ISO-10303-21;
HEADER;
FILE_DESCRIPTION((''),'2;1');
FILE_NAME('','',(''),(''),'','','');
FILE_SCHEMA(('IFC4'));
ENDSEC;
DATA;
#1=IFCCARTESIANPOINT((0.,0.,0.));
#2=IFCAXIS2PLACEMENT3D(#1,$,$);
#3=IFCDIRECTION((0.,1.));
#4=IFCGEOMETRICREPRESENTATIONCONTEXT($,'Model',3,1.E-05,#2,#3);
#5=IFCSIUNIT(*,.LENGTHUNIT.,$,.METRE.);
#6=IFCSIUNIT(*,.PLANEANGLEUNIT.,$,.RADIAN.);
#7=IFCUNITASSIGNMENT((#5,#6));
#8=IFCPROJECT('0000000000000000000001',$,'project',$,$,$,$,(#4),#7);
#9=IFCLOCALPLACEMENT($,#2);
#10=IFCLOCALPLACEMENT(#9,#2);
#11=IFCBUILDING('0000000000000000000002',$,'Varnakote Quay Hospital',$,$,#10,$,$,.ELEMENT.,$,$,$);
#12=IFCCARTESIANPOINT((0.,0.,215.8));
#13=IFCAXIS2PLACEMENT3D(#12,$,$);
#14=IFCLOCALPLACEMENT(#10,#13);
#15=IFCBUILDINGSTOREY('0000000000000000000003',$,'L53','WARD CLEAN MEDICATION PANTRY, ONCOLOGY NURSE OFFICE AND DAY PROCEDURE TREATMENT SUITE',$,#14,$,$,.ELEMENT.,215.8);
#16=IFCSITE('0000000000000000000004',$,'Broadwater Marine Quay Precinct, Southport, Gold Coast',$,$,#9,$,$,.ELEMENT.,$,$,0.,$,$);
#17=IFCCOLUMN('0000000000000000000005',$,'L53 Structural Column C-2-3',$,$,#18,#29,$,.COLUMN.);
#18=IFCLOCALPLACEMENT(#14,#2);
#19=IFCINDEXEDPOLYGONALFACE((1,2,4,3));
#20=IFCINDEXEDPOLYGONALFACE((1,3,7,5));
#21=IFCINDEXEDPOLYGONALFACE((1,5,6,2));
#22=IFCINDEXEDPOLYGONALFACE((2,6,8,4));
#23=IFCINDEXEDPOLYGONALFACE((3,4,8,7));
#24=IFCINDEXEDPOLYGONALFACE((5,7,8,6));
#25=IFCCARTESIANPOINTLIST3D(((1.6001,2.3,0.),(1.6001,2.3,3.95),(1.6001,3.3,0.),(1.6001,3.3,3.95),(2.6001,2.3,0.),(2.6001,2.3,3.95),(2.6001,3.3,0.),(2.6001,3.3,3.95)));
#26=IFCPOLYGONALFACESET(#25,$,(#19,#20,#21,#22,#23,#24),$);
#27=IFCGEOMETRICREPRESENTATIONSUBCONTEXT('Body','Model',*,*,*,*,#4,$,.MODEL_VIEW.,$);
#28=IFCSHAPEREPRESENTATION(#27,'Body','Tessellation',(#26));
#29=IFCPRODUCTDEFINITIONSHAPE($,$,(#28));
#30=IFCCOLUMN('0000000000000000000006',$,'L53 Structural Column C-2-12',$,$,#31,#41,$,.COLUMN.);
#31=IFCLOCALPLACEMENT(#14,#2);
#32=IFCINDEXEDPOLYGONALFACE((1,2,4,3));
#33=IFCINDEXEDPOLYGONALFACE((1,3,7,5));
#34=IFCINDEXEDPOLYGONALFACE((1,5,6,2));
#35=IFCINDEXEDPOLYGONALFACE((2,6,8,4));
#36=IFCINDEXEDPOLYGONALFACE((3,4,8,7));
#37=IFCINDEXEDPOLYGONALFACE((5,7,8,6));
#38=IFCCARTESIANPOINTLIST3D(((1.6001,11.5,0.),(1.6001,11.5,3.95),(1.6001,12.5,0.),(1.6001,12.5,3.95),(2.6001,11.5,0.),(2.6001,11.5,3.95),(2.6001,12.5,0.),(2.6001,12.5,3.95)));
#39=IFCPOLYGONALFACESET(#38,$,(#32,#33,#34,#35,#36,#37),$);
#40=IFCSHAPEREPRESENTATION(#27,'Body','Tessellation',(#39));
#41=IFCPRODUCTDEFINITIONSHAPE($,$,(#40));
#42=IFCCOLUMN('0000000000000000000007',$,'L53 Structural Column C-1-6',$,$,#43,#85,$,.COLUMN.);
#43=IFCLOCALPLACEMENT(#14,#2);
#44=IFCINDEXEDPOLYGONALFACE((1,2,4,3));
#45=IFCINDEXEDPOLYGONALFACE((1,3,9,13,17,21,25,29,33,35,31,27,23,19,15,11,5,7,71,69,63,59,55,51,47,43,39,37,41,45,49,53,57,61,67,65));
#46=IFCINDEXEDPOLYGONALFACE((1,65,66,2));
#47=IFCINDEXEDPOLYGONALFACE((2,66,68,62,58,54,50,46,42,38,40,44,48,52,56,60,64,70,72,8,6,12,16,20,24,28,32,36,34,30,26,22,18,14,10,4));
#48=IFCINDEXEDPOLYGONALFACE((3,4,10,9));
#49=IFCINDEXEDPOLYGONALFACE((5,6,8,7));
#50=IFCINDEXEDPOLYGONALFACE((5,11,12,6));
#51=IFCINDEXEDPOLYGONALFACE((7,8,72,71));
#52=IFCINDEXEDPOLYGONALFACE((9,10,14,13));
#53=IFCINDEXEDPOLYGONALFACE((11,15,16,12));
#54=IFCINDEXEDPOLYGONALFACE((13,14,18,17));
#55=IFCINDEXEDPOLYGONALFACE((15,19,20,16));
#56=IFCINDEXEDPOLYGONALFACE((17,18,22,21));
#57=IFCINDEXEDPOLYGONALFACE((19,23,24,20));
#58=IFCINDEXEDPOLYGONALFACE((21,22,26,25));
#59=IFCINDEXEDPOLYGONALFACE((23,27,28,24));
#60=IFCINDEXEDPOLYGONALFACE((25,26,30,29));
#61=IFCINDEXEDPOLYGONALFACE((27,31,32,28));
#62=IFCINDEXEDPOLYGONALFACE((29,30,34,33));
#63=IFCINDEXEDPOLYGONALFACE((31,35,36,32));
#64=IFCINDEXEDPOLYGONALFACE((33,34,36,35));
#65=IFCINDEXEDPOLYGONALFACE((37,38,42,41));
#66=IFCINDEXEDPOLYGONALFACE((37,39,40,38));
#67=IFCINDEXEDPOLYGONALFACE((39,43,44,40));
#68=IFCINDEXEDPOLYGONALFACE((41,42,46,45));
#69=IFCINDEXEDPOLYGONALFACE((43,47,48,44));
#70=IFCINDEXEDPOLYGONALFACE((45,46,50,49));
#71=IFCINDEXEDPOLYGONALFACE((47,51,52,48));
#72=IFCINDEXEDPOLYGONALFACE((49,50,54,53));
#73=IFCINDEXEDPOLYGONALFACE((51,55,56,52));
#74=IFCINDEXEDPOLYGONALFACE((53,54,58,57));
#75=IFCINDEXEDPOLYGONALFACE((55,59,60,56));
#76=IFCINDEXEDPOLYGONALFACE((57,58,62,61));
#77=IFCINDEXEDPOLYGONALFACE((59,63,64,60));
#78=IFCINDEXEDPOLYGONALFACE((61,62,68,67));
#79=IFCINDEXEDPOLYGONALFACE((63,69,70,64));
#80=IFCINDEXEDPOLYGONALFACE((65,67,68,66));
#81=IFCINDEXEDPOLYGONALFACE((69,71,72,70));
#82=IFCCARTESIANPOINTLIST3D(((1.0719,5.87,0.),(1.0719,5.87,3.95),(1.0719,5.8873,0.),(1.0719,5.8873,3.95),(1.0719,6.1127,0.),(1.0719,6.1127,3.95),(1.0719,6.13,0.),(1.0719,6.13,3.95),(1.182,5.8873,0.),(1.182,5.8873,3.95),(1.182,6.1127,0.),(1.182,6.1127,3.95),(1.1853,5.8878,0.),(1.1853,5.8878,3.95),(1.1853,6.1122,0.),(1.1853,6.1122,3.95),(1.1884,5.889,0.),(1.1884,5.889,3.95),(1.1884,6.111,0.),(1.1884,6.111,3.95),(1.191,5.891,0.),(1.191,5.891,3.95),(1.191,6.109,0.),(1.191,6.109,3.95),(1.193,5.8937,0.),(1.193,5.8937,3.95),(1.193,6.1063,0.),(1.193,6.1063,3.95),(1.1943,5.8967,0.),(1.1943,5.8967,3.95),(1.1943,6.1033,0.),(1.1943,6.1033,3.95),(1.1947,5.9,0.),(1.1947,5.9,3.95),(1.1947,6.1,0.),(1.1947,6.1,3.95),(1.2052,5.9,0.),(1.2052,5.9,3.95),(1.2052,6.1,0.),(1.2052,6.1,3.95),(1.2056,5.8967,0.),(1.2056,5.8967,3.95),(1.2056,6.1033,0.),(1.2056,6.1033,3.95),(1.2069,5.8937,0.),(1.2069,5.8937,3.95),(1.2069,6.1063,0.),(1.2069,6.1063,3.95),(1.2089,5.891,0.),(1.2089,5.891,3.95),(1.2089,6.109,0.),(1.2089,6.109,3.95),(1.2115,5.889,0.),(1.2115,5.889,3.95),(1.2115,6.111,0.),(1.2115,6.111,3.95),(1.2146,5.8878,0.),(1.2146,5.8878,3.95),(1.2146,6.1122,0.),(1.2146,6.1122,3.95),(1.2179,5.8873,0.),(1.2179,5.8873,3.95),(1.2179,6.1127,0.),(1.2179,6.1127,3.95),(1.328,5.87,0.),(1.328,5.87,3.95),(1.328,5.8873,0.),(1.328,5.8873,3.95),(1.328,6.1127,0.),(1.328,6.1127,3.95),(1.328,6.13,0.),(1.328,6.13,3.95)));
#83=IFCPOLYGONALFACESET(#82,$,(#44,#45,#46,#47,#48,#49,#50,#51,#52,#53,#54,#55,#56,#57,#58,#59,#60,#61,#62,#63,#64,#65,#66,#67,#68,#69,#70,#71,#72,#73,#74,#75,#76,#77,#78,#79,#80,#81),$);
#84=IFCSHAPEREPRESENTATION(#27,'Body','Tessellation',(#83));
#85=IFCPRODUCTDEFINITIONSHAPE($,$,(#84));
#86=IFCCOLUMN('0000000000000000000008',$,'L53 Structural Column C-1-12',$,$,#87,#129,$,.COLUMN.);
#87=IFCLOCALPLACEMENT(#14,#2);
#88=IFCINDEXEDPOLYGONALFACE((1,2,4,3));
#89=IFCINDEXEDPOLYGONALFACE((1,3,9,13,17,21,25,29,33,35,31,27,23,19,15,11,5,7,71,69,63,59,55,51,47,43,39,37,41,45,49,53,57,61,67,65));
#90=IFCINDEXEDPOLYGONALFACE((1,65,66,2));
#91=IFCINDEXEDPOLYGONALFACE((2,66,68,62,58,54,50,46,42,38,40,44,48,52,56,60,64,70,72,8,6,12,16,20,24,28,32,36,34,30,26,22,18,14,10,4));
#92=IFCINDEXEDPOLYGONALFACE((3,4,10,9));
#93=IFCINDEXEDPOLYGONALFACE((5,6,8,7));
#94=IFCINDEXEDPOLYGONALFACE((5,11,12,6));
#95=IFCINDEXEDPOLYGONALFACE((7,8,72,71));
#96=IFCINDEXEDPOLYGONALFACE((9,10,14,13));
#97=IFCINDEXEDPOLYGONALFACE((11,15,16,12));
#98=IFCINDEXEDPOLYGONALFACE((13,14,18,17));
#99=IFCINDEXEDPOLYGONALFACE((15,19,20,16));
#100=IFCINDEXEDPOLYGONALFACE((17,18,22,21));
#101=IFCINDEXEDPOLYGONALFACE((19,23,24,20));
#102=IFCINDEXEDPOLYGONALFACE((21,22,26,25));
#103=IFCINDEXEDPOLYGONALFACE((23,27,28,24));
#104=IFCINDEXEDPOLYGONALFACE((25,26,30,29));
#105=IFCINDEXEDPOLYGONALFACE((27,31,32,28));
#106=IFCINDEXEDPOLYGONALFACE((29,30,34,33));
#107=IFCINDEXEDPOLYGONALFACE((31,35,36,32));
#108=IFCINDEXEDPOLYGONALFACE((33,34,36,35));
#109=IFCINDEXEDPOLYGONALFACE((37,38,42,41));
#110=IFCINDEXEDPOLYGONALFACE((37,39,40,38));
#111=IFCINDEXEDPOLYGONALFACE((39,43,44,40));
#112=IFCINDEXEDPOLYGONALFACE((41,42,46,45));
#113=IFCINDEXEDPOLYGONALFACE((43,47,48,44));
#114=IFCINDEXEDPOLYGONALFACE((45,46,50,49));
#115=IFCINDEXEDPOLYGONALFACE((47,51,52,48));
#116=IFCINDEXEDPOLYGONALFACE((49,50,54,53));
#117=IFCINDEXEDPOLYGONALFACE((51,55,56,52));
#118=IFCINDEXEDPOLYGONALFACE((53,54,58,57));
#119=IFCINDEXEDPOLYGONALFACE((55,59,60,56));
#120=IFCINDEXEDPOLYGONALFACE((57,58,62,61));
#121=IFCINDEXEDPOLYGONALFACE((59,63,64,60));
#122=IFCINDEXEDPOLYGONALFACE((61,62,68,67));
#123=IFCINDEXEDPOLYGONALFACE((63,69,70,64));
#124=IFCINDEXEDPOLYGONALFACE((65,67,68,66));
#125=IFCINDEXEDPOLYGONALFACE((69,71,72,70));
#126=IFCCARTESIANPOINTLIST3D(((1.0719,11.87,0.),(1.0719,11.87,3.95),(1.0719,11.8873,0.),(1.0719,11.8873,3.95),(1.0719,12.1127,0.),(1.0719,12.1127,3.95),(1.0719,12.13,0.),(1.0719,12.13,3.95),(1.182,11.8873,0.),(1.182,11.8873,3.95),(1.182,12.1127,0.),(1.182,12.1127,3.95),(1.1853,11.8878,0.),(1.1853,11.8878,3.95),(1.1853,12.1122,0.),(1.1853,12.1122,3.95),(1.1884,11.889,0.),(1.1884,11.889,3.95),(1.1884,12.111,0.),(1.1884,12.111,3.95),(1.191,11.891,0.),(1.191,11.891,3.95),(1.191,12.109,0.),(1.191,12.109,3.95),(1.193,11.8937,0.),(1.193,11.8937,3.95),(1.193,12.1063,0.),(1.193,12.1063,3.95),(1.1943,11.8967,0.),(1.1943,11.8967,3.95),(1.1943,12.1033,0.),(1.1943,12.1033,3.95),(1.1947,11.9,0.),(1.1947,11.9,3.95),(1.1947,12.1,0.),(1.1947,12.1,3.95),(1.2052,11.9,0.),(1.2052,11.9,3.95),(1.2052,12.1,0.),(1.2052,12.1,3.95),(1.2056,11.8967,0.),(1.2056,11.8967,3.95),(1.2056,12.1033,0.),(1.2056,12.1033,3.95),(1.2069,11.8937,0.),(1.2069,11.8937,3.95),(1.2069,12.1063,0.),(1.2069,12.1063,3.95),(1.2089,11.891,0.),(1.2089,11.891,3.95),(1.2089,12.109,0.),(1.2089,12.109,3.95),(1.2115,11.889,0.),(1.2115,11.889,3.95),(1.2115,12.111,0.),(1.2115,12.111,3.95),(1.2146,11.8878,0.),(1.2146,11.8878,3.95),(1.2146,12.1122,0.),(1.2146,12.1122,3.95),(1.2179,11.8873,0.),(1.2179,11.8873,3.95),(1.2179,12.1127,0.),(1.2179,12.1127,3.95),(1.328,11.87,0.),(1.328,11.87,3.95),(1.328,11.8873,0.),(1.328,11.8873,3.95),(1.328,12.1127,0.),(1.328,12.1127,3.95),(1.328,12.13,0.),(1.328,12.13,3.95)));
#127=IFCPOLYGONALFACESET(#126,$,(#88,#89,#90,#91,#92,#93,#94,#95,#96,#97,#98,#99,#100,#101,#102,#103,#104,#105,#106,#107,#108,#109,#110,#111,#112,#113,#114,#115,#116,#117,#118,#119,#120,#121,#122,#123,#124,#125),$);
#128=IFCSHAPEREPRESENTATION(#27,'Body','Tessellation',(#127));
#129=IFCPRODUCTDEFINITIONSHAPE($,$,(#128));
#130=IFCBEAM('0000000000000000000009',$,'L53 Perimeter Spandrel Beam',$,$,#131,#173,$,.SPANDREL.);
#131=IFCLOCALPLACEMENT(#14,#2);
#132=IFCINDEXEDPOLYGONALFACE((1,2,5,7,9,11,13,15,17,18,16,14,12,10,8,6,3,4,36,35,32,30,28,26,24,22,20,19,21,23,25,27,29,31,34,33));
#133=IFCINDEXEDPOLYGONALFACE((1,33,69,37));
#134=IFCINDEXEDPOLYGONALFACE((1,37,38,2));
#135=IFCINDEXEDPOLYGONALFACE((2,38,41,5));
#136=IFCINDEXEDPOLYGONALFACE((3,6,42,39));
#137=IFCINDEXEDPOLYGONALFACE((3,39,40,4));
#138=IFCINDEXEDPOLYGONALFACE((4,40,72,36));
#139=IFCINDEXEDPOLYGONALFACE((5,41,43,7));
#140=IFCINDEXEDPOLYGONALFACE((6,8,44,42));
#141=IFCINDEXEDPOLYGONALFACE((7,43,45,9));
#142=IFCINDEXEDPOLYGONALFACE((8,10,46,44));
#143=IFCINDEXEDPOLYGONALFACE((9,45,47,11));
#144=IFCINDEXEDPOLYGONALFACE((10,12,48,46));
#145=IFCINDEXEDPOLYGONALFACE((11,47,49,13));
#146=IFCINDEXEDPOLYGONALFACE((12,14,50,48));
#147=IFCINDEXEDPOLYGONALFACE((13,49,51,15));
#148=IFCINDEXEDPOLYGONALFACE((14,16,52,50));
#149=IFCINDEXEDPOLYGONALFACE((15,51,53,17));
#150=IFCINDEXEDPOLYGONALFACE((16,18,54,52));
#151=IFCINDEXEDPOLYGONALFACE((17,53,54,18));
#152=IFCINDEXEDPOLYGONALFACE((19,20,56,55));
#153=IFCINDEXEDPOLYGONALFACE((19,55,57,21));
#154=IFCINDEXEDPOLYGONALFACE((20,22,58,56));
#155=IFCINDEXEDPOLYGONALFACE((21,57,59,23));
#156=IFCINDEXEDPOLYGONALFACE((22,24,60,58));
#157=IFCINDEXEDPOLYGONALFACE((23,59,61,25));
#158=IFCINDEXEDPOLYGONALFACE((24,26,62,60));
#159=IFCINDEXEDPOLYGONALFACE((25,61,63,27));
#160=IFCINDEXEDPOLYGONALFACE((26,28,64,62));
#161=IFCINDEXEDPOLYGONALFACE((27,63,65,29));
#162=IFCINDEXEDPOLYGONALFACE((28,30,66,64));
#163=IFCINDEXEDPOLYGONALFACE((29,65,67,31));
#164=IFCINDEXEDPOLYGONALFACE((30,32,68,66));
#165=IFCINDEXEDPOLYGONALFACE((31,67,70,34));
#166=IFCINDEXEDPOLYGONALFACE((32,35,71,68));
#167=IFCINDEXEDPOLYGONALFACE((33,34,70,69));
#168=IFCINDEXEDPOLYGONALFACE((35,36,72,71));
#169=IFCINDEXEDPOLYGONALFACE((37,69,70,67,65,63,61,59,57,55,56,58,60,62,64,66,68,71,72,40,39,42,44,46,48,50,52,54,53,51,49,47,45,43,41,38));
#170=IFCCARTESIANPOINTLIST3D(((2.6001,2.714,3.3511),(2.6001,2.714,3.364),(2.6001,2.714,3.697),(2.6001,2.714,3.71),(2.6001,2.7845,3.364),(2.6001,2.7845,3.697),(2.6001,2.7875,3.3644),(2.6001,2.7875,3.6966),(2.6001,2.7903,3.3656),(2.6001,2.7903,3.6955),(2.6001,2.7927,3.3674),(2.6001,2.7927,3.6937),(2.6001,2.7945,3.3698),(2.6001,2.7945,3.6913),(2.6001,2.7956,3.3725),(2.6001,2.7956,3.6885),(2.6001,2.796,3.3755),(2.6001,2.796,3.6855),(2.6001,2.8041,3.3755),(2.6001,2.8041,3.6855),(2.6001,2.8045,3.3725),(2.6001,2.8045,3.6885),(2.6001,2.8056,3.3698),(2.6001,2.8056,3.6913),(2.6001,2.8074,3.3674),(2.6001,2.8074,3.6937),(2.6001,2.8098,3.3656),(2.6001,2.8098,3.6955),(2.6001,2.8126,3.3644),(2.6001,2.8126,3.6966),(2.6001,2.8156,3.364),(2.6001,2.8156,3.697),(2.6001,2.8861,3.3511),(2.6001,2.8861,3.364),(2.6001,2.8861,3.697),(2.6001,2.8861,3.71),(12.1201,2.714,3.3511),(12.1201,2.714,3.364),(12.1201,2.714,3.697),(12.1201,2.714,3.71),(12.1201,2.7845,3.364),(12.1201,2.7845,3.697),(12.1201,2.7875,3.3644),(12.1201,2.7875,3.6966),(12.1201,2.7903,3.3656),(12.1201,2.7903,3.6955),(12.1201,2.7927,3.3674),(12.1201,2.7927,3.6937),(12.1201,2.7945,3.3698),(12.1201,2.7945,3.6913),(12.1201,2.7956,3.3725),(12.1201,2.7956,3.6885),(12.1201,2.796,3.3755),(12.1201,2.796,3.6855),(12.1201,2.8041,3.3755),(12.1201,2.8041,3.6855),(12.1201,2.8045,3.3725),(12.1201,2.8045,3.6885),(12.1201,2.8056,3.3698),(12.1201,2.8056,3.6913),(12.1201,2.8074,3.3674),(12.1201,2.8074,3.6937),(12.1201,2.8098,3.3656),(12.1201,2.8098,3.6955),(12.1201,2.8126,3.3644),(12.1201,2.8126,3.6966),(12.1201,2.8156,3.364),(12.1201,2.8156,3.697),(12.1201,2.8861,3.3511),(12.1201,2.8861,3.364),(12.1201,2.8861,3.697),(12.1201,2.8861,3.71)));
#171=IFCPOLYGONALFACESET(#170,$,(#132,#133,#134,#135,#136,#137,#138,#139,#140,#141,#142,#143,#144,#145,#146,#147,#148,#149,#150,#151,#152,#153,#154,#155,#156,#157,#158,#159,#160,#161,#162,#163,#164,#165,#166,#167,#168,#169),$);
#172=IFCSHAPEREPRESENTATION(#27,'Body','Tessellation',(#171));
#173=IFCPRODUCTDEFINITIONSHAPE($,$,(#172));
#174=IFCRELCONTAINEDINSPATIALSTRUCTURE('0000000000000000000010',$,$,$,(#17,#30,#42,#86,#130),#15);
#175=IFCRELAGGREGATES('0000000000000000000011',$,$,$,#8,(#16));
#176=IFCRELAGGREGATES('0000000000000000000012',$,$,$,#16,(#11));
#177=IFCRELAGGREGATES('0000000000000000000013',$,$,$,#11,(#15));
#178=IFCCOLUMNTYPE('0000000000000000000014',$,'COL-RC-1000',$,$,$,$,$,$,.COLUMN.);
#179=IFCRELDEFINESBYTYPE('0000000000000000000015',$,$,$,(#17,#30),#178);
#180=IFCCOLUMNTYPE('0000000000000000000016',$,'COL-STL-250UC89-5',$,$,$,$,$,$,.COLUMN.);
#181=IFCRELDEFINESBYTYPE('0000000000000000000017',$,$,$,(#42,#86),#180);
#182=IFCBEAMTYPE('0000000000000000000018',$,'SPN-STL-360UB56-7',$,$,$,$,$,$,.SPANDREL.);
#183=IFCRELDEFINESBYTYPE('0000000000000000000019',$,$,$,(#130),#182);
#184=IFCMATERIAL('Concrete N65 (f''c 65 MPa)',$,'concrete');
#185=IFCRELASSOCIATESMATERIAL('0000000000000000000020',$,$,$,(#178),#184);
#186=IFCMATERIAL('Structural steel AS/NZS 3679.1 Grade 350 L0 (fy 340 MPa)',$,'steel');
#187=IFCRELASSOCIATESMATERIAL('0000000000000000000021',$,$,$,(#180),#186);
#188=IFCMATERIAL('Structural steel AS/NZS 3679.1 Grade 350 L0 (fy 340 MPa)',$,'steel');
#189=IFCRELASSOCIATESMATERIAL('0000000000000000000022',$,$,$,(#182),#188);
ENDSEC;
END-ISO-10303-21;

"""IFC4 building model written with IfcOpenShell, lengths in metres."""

from ifc_helpers import new_model, si_unit, direction, frame, origin, origin_2d, place, context, subcontext, project, spatial, rectangle, i_section, extrude, material, material_profile, profile_set, type_object, element, save


model = new_model("IFC4")

# Units and contexts
model_context = context("Model", 3, precision=1e-05, world=origin(), true_north=direction((0.0, 1.0)))
body_context = subcontext(model_context, "Body", "Model", "MODEL_VIEW")
ifc_project = project(units=[si_unit("LENGTHUNIT", "METRE"), si_unit("PLANEANGLEUNIT", "RADIAN")], contexts=[model_context])

# Site, building, storey
site_placement = place(None, origin())
site = spatial("IfcSite", under=ifc_project, at=site_placement, Name="Broadwater Marine Quay Precinct, Southport, Gold Coast", CompositionType="ELEMENT", RefElevation=0.0)
building_placement = place(site_placement, origin())
building = spatial("IfcBuilding", under=site, at=building_placement, Name="Varnakote Quay Hospital", CompositionType="ELEMENT")
storey_placement = place(building_placement, frame((0.0, 0.0, 215.8)))
storey = spatial("IfcBuildingStorey", under=building, at=storey_placement, Name="L53", Description="WARD CLEAN MEDICATION PANTRY, ONCOLOGY NURSE OFFICE AND DAY PROCEDURE TREATMENT SUITE", CompositionType="ELEMENT", Elevation=215.8)

# Columns
ifc_material_1 = material(Name="Concrete N65 (f'c 65 MPa)", Category="concrete")
ifc_material_profile_1 = material_profile(ifc_material_1, rectangle(XDim=1.0, YDim=1.0, at=origin_2d()), Name="RC-COL-1000x1000")
ifc_profile_set_1 = profile_set([ifc_material_profile_1], Name="Concrete N65 (f'c 65 MPa)")
column_type_1 = type_object("IfcColumnType", Name="COL-RC-1000", PredefinedType="COLUMN", material=ifc_profile_set_1)
for number, where, z_axis, x_axis, name in (
    (1, (2.1001, 2.8, 0.0), (0.0, 0.0, 1.0), (1.0, 0.0, 0.0), "L53 Structural Column C-2-3"),
    (2, (2.1001, 12.0, 0.0), (0.0, 0.0, 1.0), (1.0, 0.0, 0.0), "L53 Structural Column C-2-12"),
):
    element("IfcColumn", number, at=place(storey_placement, frame(where, z_axis=z_axis, x_axis=x_axis)), inside=storey, type_object=column_type_1, Name=name, PredefinedType="COLUMN", context=body_context, shape_type="SweptSolid", body=[
        extrude(rectangle(XDim=1.0, YDim=1.0, at=origin_2d()), origin(), (0.0, 0.0, 1.0), 3.95),
    ])
ifc_material_2 = material(Name="Structural steel AS/NZS 3679.1 Grade 350 L0 (fy 340 MPa)", Category="steel")
ifc_material_profile_2 = material_profile(ifc_material_2, i_section(OverallWidth=0.2561, OverallDepth=0.26, WebThickness=0.0105, FlangeThickness=0.0173, FilletRadius=0.0127, at=origin_2d()), Name="250UC89.5")
ifc_profile_set_2 = profile_set([ifc_material_profile_2], Name="Structural steel AS/NZS 3679.1 Grade 350 L0 (fy 340 MPa)")
column_type_2 = type_object("IfcColumnType", Name="COL-STL-250UC89-5", PredefinedType="COLUMN", material=ifc_profile_set_2)
for number, where, z_axis, x_axis, name in (
    (3, (1.2, 6.0, 0.0), (0.0, 0.0, 1.0), (1.0, 0.0, 0.0), "L53 Structural Column C-1-6"),
    (4, (1.2, 12.0, 0.0), (0.0, 0.0, 1.0), (1.0, 0.0, 0.0), "L53 Structural Column C-1-12"),
):
    element("IfcColumn", number, at=place(storey_placement, frame(where, z_axis=z_axis, x_axis=x_axis)), inside=storey, type_object=column_type_2, Name=name, PredefinedType="COLUMN", context=body_context, shape_type="SweptSolid", body=[
        extrude(i_section(OverallWidth=0.2561, OverallDepth=0.26, WebThickness=0.0105, FlangeThickness=0.0173, FilletRadius=0.0127, at=origin_2d()), origin(), (0.0, 0.0, 1.0), 3.95),
    ])

# Beam
ifc_material_3 = material(Name="Structural steel AS/NZS 3679.1 Grade 350 L0 (fy 340 MPa)", Category="steel")
ifc_material_profile_3 = material_profile(ifc_material_3, i_section(OverallWidth=0.1721, OverallDepth=0.3589, WebThickness=0.0081, FlangeThickness=0.0129, FilletRadius=0.0115, at=origin_2d()), Name="360UB56.7")
ifc_profile_set_3 = profile_set([ifc_material_profile_3], Name="Structural steel AS/NZS 3679.1 Grade 350 L0 (fy 340 MPa)")
beam_type_1 = type_object("IfcBeamType", Name="SPN-STL-360UB56-7", PredefinedType="SPANDREL", material=ifc_profile_set_3)
beam_1_placement = place(storey_placement, frame((2.6001, 2.8, 3.5305), z_axis=(1.0, 0.0, 0.0), x_axis=(0.0, 1.0, 0.0)))
element("IfcBeam", 5, at=beam_1_placement, inside=storey, type_object=beam_type_1, Name="L53 Perimeter Spandrel Beam", PredefinedType="SPANDREL", context=body_context, shape_type="SweptSolid", body=[
    extrude(i_section(OverallWidth=0.1721, OverallDepth=0.3589, WebThickness=0.0081, FlangeThickness=0.0129, FilletRadius=0.0115, at=origin_2d()), origin(), (0.0, 0.0, 1.0), 9.52),
])

save(model, "model.ifc")
